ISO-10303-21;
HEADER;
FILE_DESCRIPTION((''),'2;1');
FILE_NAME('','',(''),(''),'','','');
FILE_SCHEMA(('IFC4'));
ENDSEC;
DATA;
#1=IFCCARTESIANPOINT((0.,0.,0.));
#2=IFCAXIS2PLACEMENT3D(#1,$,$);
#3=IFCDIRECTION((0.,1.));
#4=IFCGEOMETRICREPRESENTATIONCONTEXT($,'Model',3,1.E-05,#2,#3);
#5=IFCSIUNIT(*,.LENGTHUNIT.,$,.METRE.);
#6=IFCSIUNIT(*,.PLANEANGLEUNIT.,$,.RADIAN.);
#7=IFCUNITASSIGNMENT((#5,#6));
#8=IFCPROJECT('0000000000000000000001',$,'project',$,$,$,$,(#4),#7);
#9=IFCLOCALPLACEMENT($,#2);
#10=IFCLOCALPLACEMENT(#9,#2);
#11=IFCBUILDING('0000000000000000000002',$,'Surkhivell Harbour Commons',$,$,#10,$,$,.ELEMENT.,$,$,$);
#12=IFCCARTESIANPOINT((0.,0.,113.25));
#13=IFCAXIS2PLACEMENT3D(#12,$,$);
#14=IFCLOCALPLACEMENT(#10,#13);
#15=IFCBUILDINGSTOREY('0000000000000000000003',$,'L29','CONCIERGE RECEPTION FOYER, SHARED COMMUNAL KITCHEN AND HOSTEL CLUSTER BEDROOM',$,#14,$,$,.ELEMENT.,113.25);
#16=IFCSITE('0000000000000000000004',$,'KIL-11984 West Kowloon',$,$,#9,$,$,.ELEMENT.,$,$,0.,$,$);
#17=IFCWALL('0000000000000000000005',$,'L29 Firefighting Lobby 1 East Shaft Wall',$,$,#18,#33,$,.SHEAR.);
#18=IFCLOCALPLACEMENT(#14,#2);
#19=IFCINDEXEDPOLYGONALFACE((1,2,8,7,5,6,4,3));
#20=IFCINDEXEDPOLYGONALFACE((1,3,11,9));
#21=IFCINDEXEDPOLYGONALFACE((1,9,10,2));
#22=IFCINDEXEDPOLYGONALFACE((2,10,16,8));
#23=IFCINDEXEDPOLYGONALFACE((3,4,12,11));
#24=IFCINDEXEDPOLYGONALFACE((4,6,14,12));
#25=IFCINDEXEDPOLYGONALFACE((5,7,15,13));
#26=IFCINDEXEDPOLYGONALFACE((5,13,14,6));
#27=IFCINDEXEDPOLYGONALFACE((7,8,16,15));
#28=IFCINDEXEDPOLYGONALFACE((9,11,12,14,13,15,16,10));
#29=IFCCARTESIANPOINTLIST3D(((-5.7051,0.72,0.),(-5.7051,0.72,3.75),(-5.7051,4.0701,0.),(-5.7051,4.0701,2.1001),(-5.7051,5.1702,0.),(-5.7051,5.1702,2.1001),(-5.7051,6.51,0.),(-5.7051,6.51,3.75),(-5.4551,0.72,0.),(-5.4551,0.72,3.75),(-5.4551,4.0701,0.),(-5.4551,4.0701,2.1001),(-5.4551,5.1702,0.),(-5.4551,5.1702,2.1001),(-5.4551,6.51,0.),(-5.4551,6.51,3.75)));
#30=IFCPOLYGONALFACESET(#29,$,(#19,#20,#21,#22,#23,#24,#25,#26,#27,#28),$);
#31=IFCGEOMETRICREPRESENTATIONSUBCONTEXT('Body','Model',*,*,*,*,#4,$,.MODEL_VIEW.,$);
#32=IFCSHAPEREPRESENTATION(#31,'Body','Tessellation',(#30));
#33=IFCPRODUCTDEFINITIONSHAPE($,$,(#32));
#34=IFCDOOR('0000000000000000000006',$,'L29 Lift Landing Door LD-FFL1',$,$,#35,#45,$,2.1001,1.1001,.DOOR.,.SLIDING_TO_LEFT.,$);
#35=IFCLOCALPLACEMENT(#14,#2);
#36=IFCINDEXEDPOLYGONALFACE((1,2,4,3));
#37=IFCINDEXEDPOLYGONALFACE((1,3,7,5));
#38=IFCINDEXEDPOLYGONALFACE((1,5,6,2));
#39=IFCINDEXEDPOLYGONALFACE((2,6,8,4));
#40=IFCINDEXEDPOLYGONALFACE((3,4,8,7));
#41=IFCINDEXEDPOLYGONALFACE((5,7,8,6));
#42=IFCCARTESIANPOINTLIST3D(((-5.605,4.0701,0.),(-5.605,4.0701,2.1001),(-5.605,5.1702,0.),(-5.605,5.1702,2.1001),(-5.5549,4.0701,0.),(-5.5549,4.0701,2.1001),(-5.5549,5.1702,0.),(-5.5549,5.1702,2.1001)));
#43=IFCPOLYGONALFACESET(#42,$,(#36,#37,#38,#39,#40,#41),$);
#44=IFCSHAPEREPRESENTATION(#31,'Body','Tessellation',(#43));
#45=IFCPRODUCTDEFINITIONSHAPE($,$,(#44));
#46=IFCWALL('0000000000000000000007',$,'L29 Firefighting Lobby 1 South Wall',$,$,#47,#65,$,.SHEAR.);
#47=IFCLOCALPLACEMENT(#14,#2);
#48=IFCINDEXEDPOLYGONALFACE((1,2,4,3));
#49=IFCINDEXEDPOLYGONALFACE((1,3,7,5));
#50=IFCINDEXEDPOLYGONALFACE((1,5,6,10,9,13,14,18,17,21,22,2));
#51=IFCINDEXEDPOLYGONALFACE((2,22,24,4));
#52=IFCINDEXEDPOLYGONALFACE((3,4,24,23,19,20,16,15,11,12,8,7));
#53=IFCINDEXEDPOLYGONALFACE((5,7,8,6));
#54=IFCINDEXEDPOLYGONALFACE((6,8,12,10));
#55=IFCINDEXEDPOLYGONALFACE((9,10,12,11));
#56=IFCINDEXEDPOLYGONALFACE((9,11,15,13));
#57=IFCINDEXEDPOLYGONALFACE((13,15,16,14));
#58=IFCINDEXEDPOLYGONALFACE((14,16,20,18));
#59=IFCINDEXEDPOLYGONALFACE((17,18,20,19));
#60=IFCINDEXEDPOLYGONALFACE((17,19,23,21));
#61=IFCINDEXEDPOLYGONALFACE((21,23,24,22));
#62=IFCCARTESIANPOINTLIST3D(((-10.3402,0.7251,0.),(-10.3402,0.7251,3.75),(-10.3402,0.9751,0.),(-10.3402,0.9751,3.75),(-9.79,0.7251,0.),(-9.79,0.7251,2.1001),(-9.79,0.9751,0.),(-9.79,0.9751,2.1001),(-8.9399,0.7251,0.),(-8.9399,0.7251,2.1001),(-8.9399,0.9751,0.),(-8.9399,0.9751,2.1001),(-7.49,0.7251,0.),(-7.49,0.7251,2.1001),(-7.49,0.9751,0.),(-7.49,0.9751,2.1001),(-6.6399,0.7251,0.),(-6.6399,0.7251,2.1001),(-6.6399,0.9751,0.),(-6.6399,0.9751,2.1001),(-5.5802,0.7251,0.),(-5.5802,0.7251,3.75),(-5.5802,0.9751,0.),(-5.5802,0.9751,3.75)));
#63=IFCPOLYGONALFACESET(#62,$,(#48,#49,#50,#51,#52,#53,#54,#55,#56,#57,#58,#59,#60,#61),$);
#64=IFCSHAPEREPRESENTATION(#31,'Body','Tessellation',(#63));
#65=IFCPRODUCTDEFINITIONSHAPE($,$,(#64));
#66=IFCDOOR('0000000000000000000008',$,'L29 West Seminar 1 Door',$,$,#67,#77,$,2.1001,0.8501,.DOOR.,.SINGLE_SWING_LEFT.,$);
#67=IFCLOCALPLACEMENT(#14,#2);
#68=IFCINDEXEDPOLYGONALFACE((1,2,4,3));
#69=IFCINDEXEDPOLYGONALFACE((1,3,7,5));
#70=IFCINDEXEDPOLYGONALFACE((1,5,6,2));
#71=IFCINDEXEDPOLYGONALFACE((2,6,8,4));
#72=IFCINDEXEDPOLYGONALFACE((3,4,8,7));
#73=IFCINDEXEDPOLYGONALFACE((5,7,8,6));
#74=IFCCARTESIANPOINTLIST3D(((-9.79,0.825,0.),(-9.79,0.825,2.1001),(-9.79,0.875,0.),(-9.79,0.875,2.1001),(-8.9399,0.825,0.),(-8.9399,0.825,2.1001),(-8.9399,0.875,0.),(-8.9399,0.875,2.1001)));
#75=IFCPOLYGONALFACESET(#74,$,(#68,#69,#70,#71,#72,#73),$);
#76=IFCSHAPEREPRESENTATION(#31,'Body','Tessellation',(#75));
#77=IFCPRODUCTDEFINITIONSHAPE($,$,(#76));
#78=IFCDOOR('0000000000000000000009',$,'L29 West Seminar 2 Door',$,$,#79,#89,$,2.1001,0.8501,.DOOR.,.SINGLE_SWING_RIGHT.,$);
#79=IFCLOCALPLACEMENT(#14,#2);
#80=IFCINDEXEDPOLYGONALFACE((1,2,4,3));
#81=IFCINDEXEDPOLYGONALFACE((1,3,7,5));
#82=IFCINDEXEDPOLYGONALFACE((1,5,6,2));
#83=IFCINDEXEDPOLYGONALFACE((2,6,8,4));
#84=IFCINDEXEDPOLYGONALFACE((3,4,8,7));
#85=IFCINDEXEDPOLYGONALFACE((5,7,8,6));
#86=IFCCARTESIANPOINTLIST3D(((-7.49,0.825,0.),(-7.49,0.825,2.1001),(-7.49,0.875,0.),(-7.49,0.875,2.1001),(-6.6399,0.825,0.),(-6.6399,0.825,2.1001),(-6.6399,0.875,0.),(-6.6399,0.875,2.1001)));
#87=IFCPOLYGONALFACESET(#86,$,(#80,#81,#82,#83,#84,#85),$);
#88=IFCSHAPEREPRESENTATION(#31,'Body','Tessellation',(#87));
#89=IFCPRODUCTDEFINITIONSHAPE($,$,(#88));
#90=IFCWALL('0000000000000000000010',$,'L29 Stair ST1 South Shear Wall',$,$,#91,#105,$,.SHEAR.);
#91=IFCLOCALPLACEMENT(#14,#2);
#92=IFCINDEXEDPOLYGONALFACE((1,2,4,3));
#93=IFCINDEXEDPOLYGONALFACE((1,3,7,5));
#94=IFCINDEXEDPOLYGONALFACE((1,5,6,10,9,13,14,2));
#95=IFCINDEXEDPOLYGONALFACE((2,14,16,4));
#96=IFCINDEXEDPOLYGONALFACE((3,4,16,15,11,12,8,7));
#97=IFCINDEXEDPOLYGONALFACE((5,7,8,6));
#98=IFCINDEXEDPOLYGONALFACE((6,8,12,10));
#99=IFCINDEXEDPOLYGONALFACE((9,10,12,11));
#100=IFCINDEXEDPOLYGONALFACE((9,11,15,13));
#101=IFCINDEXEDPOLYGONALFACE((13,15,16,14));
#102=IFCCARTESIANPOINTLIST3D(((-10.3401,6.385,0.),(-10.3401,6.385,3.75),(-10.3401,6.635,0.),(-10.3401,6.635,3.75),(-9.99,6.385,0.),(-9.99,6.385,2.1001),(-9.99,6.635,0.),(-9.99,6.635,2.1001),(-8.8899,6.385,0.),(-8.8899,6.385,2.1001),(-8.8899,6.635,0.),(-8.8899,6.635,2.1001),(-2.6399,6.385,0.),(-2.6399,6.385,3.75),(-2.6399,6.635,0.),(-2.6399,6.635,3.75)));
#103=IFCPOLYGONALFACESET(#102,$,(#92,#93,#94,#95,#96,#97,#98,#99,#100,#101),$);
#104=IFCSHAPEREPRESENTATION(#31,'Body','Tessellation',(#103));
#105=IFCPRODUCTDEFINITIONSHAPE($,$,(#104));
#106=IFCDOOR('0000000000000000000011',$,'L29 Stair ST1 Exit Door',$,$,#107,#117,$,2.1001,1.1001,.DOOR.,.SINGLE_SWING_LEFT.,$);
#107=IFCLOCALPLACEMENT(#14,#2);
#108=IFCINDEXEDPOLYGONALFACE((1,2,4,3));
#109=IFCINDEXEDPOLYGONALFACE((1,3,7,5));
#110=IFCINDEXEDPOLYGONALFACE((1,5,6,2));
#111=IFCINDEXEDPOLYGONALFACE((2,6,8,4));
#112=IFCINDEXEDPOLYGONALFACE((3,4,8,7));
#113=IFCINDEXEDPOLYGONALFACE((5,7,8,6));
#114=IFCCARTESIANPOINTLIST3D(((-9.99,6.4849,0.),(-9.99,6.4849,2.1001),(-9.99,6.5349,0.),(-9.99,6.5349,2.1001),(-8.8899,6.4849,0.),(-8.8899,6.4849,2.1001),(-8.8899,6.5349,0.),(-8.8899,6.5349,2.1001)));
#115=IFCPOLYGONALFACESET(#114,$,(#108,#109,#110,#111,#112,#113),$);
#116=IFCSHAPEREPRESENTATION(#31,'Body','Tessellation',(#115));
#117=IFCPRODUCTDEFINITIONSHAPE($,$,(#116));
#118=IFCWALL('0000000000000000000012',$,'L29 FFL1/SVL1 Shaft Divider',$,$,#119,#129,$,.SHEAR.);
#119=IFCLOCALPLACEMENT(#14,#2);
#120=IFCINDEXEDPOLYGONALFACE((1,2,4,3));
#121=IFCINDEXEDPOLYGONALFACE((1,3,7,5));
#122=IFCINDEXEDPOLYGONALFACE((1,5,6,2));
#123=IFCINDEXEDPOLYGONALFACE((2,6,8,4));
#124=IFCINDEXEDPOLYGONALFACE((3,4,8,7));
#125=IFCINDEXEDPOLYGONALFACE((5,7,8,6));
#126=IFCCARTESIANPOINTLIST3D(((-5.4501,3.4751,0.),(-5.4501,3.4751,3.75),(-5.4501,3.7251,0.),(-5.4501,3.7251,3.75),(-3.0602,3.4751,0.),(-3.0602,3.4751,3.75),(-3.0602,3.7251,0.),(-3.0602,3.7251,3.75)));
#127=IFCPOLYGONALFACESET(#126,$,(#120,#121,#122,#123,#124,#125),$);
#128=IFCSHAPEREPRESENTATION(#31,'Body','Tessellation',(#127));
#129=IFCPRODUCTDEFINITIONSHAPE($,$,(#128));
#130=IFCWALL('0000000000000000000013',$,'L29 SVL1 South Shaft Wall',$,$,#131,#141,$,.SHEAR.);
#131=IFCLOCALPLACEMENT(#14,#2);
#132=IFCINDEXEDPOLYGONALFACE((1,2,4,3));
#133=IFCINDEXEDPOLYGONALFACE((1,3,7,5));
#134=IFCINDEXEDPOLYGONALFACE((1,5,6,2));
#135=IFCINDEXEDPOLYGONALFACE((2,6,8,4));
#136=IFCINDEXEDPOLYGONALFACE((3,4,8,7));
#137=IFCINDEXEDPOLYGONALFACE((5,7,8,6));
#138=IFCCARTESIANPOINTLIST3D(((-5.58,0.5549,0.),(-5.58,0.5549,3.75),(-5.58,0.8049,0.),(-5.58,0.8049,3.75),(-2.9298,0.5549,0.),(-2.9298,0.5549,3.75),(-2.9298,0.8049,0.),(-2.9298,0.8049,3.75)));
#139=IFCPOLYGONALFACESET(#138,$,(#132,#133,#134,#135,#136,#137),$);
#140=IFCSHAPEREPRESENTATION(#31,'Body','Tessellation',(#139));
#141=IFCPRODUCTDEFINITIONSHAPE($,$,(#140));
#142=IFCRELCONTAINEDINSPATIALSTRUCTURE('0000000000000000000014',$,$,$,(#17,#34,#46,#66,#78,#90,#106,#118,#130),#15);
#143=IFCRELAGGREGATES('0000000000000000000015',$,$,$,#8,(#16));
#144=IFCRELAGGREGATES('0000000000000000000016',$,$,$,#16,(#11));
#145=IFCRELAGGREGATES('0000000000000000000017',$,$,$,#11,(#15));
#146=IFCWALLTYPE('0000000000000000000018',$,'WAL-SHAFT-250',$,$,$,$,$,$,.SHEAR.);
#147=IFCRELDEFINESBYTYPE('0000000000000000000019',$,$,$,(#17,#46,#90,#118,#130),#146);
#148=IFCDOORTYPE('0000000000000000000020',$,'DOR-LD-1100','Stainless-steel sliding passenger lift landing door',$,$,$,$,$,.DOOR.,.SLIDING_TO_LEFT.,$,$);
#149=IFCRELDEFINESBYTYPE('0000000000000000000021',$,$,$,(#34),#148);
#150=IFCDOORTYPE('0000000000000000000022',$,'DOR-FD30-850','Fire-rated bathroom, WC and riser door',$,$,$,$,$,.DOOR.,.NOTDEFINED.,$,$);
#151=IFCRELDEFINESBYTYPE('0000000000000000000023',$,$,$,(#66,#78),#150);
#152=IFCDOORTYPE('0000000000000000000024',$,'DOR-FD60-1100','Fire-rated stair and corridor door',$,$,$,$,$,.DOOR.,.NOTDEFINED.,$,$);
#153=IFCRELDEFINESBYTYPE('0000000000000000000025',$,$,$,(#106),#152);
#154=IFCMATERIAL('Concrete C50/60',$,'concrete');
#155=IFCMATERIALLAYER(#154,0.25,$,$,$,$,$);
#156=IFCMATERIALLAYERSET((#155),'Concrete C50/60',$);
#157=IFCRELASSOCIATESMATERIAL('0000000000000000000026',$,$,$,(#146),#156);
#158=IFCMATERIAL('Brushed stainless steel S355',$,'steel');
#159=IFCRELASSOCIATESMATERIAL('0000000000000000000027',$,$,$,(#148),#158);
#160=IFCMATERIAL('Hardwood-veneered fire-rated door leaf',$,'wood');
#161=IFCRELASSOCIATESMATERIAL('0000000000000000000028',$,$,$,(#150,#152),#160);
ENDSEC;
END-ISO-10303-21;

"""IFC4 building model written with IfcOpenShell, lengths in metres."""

from ifc_helpers import new_model, si_unit, direction, frame, frame_2d, origin, place, context, subcontext, project, spatial, rectangle, extrude, material, layer, layer_set, type_object, element, fill, save


model = new_model("IFC4")

# Units and contexts
model_context = context("Model", 3, precision=1e-05, world=origin(), true_north=direction((0.0, 1.0)))
body_context = subcontext(model_context, "Body", "Model", "MODEL_VIEW")
ifc_project = project(units=[si_unit("LENGTHUNIT", "METRE"), si_unit("PLANEANGLEUNIT", "RADIAN")], contexts=[model_context])

# Site, building, storey
site_placement = place(None, origin())
site = spatial("IfcSite", under=ifc_project, at=site_placement, Name="KIL-11984 West Kowloon", CompositionType="ELEMENT", RefElevation=0.0)
building_placement = place(site_placement, origin())
building = spatial("IfcBuilding", under=site, at=building_placement, Name="Surkhivell Harbour Commons", CompositionType="ELEMENT")
storey_placement = place(building_placement, frame((0.0, 0.0, 113.25)))
storey = spatial("IfcBuildingStorey", under=building, at=storey_placement, Name="L29", Description="CONCIERGE RECEPTION FOYER, SHARED COMMUNAL KITCHEN AND HOSTEL CLUSTER BEDROOM", CompositionType="ELEMENT", Elevation=113.25)

# Shared definitions
ifc_material_1 = material(Name="Hardwood-veneered fire-rated door leaf", Category="wood")

# Wall, opening, door
ifc_material_2 = material(Name="Concrete C50/60", Category="concrete")
ifc_layer_1 = layer(ifc_material_2, 0.25)
ifc_layer_set_1 = layer_set([ifc_layer_1], Name="Concrete C50/60")
wall_type_1 = type_object("IfcWallType", Name="WAL-SHAFT-250", PredefinedType="SHEAR", material=ifc_layer_set_1)
wall_1_placement = place(storey_placement, frame((-5.5801, 0.72, 0.0), z_axis=(0.0, 0.0, 1.0), x_axis=(0.0, 1.0, 0.0)))
wall_1 = element("IfcWall", 1, at=wall_1_placement, inside=storey, type_object=wall_type_1, Name="L29 Firefighting Lobby 1 East Shaft Wall", PredefinedType="SHEAR", context=body_context, shape_type="SweptSolid", body=[
    extrude(rectangle(XDim=5.79, YDim=0.25, at=frame_2d((2.895, 0.0))), origin(), (0.0, 0.0, 1.0), 3.75),
])
opening_1_placement = place(wall_1_placement, frame((3.3501, 0.0, 0.0)))
opening_1 = element("IfcOpeningElement", 2, at=opening_1_placement, cuts=wall_1, PredefinedType="OPENING", context=body_context, shape_type="SweptSolid", body=[
    extrude(rectangle(XDim=1.1001, YDim=2.1001, at=frame_2d((0.55, 1.05))), frame((0.0, 0.135, 0.0), z_axis=(0.0, -1.0, 0.0), x_axis=(1.0, 0.0, 0.0)), (0.0, 0.0, 1.0), 0.27),
])
ifc_material_3 = material(Name="Brushed stainless steel S355", Category="steel")
door_type_1 = type_object("IfcDoorType", Name="DOR-LD-1100", Description="Stainless-steel sliding passenger lift landing door", OperationType="SLIDING_TO_LEFT", PredefinedType="DOOR", material=ifc_material_3)
door_1_placement = place(opening_1_placement, origin())
door_1 = element("IfcDoor", 3, at=door_1_placement, inside=storey, type_object=door_type_1, Name="L29 Lift Landing Door LD-FFL1", OperationType="SLIDING_TO_LEFT", OverallHeight=2.1001, OverallWidth=1.1001, PredefinedType="DOOR", context=body_context, shape_type="SweptSolid", body=[
    extrude(rectangle(XDim=1.1001, YDim=2.1001, at=frame_2d((0.55, 1.05))), frame((0.0, 0.0249, 0.0), z_axis=(0.0, -1.0, 0.0), x_axis=(1.0, 0.0, 0.0)), (0.0, 0.0, 1.0), 0.05),
])
fill(opening_1, door_1)

# Wall, openings, doors
wall_2_placement = place(storey_placement, frame((-10.3401, 0.8501, 0.0), z_axis=(0.0, 0.0, 1.0), x_axis=(1.0, 0.0, 0.0)))
wall_2 = element("IfcWall", 4, at=wall_2_placement, inside=storey, type_object=wall_type_1, Name="L29 Firefighting Lobby 1 South Wall", PredefinedType="SHEAR", context=body_context, shape_type="SweptSolid", body=[
    extrude(rectangle(XDim=4.76, YDim=0.25, at=frame_2d((2.3799, 0.0))), origin(), (0.0, 0.0, 1.0), 3.75),
])
opening_2_placement = place(wall_2_placement, frame((0.55, 0.0, 0.0)))
opening_2 = element("IfcOpeningElement", 5, at=opening_2_placement, cuts=wall_2, PredefinedType="OPENING", context=body_context, shape_type="SweptSolid", body=[
    extrude(rectangle(XDim=0.8501, YDim=2.1001, at=frame_2d((0.425, 1.05))), frame((0.0, 0.135, 0.0), z_axis=(0.0, -1.0, 0.0), x_axis=(1.0, 0.0, 0.0)), (0.0, 0.0, 1.0), 0.27),
])
opening_3_placement = place(wall_2_placement, frame((2.8501, 0.0, 0.0)))
opening_3 = element("IfcOpeningElement", 6, at=opening_3_placement, cuts=wall_2, PredefinedType="OPENING", context=body_context, shape_type="SweptSolid", body=[
    extrude(rectangle(XDim=0.8501, YDim=2.1001, at=frame_2d((0.425, 1.05))), frame((0.0, 0.135, 0.0), z_axis=(0.0, -1.0, 0.0), x_axis=(1.0, 0.0, 0.0)), (0.0, 0.0, 1.0), 0.27),
])
door_type_2 = type_object("IfcDoorType", Name="DOR-FD30-850", Description="Fire-rated bathroom, WC and riser door", OperationType="NOTDEFINED", PredefinedType="DOOR", material=ifc_material_1)
door_2_placement = place(opening_2_placement, origin())
door_2 = element("IfcDoor", 7, at=door_2_placement, inside=storey, type_object=door_type_2, Name="L29 West Seminar 1 Door", OperationType="SINGLE_SWING_LEFT", OverallHeight=2.1001, OverallWidth=0.8501, PredefinedType="DOOR", context=body_context, shape_type="SweptSolid", body=[
    extrude(rectangle(XDim=0.8501, YDim=2.1001, at=frame_2d((0.425, 1.05))), frame((0.0, 0.0249, 0.0), z_axis=(0.0, -1.0, 0.0), x_axis=(1.0, 0.0, 0.0)), (0.0, 0.0, 1.0), 0.05),
])
fill(opening_2, door_2)
door_3_placement = place(opening_3_placement, origin())
door_3 = element("IfcDoor", 8, at=door_3_placement, inside=storey, type_object=door_type_2, Name="L29 West Seminar 2 Door", OperationType="SINGLE_SWING_RIGHT", OverallHeight=2.1001, OverallWidth=0.8501, PredefinedType="DOOR", context=body_context, shape_type="SweptSolid", body=[
    extrude(rectangle(XDim=0.8501, YDim=2.1001, at=frame_2d((0.425, 1.05))), frame((0.0, 0.0249, 0.0), z_axis=(0.0, -1.0, 0.0), x_axis=(1.0, 0.0, 0.0)), (0.0, 0.0, 1.0), 0.05),
])
fill(opening_3, door_3)

# Wall, opening, door
wall_3_placement = place(storey_placement, frame((-10.3401, 6.51, 0.0), z_axis=(0.0, 0.0, 1.0), x_axis=(1.0, 0.0, 0.0)))
wall_3 = element("IfcWall", 9, at=wall_3_placement, inside=storey, type_object=wall_type_1, Name="L29 Stair ST1 South Shear Wall", PredefinedType="SHEAR", context=body_context, shape_type="SweptSolid", body=[
    extrude(rectangle(XDim=7.7002, YDim=0.25, at=frame_2d((3.8501, 0.0))), origin(), (0.0, 0.0, 1.0), 3.75),
])
opening_4_placement = place(wall_3_placement, frame((0.3501, 0.0, 0.0)))
opening_4 = element("IfcOpeningElement", 10, at=opening_4_placement, cuts=wall_3, PredefinedType="OPENING", context=body_context, shape_type="SweptSolid", body=[
    extrude(rectangle(XDim=1.1001, YDim=2.1001, at=frame_2d((0.55, 1.05))), frame((0.0, 0.135, 0.0), z_axis=(0.0, -1.0, 0.0), x_axis=(1.0, 0.0, 0.0)), (0.0, 0.0, 1.0), 0.27),
])
door_type_3 = type_object("IfcDoorType", Name="DOR-FD60-1100", Description="Fire-rated stair and corridor door", OperationType="NOTDEFINED", PredefinedType="DOOR", material=ifc_material_1)
door_4_placement = place(opening_4_placement, origin())
door_4 = element("IfcDoor", 11, at=door_4_placement, inside=storey, type_object=door_type_3, Name="L29 Stair ST1 Exit Door", OperationType="SINGLE_SWING_LEFT", OverallHeight=2.1001, OverallWidth=1.1001, PredefinedType="DOOR", context=body_context, shape_type="SweptSolid", body=[
    extrude(rectangle(XDim=1.1001, YDim=2.1001, at=frame_2d((0.55, 1.05))), frame((0.0, 0.0249, 0.0), z_axis=(0.0, -1.0, 0.0), x_axis=(1.0, 0.0, 0.0)), (0.0, 0.0, 1.0), 0.05),
])
fill(opening_4, door_4)

# Walls
wall_4_placement = place(storey_placement, frame((-5.45, 3.6001, 0.0), z_axis=(0.0, 0.0, 1.0), x_axis=(1.0, 0.0, 0.0)))
element("IfcWall", 12, at=wall_4_placement, inside=storey, type_object=wall_type_1, Name="L29 FFL1/SVL1 Shaft Divider", PredefinedType="SHEAR", context=body_context, shape_type="SweptSolid", body=[
    extrude(rectangle(XDim=2.3899, YDim=0.25, at=frame_2d((1.1948, 0.0))), origin(), (0.0, 0.0, 1.0), 3.75),
])
wall_5_placement = place(storey_placement, frame((-5.5801, 0.6799, 0.0), z_axis=(0.0, 0.0, 1.0), x_axis=(1.0, 0.0, 0.0)))
element("IfcWall", 13, at=wall_5_placement, inside=storey, type_object=wall_type_1, Name="L29 SVL1 South Shaft Wall", PredefinedType="SHEAR", context=body_context, shape_type="SweptSolid", body=[
    extrude(rectangle(XDim=2.6501, YDim=0.25, at=frame_2d((1.3252, 0.0))), origin(), (0.0, 0.0, 1.0), 3.75),
])

save(model, "model.ifc")
